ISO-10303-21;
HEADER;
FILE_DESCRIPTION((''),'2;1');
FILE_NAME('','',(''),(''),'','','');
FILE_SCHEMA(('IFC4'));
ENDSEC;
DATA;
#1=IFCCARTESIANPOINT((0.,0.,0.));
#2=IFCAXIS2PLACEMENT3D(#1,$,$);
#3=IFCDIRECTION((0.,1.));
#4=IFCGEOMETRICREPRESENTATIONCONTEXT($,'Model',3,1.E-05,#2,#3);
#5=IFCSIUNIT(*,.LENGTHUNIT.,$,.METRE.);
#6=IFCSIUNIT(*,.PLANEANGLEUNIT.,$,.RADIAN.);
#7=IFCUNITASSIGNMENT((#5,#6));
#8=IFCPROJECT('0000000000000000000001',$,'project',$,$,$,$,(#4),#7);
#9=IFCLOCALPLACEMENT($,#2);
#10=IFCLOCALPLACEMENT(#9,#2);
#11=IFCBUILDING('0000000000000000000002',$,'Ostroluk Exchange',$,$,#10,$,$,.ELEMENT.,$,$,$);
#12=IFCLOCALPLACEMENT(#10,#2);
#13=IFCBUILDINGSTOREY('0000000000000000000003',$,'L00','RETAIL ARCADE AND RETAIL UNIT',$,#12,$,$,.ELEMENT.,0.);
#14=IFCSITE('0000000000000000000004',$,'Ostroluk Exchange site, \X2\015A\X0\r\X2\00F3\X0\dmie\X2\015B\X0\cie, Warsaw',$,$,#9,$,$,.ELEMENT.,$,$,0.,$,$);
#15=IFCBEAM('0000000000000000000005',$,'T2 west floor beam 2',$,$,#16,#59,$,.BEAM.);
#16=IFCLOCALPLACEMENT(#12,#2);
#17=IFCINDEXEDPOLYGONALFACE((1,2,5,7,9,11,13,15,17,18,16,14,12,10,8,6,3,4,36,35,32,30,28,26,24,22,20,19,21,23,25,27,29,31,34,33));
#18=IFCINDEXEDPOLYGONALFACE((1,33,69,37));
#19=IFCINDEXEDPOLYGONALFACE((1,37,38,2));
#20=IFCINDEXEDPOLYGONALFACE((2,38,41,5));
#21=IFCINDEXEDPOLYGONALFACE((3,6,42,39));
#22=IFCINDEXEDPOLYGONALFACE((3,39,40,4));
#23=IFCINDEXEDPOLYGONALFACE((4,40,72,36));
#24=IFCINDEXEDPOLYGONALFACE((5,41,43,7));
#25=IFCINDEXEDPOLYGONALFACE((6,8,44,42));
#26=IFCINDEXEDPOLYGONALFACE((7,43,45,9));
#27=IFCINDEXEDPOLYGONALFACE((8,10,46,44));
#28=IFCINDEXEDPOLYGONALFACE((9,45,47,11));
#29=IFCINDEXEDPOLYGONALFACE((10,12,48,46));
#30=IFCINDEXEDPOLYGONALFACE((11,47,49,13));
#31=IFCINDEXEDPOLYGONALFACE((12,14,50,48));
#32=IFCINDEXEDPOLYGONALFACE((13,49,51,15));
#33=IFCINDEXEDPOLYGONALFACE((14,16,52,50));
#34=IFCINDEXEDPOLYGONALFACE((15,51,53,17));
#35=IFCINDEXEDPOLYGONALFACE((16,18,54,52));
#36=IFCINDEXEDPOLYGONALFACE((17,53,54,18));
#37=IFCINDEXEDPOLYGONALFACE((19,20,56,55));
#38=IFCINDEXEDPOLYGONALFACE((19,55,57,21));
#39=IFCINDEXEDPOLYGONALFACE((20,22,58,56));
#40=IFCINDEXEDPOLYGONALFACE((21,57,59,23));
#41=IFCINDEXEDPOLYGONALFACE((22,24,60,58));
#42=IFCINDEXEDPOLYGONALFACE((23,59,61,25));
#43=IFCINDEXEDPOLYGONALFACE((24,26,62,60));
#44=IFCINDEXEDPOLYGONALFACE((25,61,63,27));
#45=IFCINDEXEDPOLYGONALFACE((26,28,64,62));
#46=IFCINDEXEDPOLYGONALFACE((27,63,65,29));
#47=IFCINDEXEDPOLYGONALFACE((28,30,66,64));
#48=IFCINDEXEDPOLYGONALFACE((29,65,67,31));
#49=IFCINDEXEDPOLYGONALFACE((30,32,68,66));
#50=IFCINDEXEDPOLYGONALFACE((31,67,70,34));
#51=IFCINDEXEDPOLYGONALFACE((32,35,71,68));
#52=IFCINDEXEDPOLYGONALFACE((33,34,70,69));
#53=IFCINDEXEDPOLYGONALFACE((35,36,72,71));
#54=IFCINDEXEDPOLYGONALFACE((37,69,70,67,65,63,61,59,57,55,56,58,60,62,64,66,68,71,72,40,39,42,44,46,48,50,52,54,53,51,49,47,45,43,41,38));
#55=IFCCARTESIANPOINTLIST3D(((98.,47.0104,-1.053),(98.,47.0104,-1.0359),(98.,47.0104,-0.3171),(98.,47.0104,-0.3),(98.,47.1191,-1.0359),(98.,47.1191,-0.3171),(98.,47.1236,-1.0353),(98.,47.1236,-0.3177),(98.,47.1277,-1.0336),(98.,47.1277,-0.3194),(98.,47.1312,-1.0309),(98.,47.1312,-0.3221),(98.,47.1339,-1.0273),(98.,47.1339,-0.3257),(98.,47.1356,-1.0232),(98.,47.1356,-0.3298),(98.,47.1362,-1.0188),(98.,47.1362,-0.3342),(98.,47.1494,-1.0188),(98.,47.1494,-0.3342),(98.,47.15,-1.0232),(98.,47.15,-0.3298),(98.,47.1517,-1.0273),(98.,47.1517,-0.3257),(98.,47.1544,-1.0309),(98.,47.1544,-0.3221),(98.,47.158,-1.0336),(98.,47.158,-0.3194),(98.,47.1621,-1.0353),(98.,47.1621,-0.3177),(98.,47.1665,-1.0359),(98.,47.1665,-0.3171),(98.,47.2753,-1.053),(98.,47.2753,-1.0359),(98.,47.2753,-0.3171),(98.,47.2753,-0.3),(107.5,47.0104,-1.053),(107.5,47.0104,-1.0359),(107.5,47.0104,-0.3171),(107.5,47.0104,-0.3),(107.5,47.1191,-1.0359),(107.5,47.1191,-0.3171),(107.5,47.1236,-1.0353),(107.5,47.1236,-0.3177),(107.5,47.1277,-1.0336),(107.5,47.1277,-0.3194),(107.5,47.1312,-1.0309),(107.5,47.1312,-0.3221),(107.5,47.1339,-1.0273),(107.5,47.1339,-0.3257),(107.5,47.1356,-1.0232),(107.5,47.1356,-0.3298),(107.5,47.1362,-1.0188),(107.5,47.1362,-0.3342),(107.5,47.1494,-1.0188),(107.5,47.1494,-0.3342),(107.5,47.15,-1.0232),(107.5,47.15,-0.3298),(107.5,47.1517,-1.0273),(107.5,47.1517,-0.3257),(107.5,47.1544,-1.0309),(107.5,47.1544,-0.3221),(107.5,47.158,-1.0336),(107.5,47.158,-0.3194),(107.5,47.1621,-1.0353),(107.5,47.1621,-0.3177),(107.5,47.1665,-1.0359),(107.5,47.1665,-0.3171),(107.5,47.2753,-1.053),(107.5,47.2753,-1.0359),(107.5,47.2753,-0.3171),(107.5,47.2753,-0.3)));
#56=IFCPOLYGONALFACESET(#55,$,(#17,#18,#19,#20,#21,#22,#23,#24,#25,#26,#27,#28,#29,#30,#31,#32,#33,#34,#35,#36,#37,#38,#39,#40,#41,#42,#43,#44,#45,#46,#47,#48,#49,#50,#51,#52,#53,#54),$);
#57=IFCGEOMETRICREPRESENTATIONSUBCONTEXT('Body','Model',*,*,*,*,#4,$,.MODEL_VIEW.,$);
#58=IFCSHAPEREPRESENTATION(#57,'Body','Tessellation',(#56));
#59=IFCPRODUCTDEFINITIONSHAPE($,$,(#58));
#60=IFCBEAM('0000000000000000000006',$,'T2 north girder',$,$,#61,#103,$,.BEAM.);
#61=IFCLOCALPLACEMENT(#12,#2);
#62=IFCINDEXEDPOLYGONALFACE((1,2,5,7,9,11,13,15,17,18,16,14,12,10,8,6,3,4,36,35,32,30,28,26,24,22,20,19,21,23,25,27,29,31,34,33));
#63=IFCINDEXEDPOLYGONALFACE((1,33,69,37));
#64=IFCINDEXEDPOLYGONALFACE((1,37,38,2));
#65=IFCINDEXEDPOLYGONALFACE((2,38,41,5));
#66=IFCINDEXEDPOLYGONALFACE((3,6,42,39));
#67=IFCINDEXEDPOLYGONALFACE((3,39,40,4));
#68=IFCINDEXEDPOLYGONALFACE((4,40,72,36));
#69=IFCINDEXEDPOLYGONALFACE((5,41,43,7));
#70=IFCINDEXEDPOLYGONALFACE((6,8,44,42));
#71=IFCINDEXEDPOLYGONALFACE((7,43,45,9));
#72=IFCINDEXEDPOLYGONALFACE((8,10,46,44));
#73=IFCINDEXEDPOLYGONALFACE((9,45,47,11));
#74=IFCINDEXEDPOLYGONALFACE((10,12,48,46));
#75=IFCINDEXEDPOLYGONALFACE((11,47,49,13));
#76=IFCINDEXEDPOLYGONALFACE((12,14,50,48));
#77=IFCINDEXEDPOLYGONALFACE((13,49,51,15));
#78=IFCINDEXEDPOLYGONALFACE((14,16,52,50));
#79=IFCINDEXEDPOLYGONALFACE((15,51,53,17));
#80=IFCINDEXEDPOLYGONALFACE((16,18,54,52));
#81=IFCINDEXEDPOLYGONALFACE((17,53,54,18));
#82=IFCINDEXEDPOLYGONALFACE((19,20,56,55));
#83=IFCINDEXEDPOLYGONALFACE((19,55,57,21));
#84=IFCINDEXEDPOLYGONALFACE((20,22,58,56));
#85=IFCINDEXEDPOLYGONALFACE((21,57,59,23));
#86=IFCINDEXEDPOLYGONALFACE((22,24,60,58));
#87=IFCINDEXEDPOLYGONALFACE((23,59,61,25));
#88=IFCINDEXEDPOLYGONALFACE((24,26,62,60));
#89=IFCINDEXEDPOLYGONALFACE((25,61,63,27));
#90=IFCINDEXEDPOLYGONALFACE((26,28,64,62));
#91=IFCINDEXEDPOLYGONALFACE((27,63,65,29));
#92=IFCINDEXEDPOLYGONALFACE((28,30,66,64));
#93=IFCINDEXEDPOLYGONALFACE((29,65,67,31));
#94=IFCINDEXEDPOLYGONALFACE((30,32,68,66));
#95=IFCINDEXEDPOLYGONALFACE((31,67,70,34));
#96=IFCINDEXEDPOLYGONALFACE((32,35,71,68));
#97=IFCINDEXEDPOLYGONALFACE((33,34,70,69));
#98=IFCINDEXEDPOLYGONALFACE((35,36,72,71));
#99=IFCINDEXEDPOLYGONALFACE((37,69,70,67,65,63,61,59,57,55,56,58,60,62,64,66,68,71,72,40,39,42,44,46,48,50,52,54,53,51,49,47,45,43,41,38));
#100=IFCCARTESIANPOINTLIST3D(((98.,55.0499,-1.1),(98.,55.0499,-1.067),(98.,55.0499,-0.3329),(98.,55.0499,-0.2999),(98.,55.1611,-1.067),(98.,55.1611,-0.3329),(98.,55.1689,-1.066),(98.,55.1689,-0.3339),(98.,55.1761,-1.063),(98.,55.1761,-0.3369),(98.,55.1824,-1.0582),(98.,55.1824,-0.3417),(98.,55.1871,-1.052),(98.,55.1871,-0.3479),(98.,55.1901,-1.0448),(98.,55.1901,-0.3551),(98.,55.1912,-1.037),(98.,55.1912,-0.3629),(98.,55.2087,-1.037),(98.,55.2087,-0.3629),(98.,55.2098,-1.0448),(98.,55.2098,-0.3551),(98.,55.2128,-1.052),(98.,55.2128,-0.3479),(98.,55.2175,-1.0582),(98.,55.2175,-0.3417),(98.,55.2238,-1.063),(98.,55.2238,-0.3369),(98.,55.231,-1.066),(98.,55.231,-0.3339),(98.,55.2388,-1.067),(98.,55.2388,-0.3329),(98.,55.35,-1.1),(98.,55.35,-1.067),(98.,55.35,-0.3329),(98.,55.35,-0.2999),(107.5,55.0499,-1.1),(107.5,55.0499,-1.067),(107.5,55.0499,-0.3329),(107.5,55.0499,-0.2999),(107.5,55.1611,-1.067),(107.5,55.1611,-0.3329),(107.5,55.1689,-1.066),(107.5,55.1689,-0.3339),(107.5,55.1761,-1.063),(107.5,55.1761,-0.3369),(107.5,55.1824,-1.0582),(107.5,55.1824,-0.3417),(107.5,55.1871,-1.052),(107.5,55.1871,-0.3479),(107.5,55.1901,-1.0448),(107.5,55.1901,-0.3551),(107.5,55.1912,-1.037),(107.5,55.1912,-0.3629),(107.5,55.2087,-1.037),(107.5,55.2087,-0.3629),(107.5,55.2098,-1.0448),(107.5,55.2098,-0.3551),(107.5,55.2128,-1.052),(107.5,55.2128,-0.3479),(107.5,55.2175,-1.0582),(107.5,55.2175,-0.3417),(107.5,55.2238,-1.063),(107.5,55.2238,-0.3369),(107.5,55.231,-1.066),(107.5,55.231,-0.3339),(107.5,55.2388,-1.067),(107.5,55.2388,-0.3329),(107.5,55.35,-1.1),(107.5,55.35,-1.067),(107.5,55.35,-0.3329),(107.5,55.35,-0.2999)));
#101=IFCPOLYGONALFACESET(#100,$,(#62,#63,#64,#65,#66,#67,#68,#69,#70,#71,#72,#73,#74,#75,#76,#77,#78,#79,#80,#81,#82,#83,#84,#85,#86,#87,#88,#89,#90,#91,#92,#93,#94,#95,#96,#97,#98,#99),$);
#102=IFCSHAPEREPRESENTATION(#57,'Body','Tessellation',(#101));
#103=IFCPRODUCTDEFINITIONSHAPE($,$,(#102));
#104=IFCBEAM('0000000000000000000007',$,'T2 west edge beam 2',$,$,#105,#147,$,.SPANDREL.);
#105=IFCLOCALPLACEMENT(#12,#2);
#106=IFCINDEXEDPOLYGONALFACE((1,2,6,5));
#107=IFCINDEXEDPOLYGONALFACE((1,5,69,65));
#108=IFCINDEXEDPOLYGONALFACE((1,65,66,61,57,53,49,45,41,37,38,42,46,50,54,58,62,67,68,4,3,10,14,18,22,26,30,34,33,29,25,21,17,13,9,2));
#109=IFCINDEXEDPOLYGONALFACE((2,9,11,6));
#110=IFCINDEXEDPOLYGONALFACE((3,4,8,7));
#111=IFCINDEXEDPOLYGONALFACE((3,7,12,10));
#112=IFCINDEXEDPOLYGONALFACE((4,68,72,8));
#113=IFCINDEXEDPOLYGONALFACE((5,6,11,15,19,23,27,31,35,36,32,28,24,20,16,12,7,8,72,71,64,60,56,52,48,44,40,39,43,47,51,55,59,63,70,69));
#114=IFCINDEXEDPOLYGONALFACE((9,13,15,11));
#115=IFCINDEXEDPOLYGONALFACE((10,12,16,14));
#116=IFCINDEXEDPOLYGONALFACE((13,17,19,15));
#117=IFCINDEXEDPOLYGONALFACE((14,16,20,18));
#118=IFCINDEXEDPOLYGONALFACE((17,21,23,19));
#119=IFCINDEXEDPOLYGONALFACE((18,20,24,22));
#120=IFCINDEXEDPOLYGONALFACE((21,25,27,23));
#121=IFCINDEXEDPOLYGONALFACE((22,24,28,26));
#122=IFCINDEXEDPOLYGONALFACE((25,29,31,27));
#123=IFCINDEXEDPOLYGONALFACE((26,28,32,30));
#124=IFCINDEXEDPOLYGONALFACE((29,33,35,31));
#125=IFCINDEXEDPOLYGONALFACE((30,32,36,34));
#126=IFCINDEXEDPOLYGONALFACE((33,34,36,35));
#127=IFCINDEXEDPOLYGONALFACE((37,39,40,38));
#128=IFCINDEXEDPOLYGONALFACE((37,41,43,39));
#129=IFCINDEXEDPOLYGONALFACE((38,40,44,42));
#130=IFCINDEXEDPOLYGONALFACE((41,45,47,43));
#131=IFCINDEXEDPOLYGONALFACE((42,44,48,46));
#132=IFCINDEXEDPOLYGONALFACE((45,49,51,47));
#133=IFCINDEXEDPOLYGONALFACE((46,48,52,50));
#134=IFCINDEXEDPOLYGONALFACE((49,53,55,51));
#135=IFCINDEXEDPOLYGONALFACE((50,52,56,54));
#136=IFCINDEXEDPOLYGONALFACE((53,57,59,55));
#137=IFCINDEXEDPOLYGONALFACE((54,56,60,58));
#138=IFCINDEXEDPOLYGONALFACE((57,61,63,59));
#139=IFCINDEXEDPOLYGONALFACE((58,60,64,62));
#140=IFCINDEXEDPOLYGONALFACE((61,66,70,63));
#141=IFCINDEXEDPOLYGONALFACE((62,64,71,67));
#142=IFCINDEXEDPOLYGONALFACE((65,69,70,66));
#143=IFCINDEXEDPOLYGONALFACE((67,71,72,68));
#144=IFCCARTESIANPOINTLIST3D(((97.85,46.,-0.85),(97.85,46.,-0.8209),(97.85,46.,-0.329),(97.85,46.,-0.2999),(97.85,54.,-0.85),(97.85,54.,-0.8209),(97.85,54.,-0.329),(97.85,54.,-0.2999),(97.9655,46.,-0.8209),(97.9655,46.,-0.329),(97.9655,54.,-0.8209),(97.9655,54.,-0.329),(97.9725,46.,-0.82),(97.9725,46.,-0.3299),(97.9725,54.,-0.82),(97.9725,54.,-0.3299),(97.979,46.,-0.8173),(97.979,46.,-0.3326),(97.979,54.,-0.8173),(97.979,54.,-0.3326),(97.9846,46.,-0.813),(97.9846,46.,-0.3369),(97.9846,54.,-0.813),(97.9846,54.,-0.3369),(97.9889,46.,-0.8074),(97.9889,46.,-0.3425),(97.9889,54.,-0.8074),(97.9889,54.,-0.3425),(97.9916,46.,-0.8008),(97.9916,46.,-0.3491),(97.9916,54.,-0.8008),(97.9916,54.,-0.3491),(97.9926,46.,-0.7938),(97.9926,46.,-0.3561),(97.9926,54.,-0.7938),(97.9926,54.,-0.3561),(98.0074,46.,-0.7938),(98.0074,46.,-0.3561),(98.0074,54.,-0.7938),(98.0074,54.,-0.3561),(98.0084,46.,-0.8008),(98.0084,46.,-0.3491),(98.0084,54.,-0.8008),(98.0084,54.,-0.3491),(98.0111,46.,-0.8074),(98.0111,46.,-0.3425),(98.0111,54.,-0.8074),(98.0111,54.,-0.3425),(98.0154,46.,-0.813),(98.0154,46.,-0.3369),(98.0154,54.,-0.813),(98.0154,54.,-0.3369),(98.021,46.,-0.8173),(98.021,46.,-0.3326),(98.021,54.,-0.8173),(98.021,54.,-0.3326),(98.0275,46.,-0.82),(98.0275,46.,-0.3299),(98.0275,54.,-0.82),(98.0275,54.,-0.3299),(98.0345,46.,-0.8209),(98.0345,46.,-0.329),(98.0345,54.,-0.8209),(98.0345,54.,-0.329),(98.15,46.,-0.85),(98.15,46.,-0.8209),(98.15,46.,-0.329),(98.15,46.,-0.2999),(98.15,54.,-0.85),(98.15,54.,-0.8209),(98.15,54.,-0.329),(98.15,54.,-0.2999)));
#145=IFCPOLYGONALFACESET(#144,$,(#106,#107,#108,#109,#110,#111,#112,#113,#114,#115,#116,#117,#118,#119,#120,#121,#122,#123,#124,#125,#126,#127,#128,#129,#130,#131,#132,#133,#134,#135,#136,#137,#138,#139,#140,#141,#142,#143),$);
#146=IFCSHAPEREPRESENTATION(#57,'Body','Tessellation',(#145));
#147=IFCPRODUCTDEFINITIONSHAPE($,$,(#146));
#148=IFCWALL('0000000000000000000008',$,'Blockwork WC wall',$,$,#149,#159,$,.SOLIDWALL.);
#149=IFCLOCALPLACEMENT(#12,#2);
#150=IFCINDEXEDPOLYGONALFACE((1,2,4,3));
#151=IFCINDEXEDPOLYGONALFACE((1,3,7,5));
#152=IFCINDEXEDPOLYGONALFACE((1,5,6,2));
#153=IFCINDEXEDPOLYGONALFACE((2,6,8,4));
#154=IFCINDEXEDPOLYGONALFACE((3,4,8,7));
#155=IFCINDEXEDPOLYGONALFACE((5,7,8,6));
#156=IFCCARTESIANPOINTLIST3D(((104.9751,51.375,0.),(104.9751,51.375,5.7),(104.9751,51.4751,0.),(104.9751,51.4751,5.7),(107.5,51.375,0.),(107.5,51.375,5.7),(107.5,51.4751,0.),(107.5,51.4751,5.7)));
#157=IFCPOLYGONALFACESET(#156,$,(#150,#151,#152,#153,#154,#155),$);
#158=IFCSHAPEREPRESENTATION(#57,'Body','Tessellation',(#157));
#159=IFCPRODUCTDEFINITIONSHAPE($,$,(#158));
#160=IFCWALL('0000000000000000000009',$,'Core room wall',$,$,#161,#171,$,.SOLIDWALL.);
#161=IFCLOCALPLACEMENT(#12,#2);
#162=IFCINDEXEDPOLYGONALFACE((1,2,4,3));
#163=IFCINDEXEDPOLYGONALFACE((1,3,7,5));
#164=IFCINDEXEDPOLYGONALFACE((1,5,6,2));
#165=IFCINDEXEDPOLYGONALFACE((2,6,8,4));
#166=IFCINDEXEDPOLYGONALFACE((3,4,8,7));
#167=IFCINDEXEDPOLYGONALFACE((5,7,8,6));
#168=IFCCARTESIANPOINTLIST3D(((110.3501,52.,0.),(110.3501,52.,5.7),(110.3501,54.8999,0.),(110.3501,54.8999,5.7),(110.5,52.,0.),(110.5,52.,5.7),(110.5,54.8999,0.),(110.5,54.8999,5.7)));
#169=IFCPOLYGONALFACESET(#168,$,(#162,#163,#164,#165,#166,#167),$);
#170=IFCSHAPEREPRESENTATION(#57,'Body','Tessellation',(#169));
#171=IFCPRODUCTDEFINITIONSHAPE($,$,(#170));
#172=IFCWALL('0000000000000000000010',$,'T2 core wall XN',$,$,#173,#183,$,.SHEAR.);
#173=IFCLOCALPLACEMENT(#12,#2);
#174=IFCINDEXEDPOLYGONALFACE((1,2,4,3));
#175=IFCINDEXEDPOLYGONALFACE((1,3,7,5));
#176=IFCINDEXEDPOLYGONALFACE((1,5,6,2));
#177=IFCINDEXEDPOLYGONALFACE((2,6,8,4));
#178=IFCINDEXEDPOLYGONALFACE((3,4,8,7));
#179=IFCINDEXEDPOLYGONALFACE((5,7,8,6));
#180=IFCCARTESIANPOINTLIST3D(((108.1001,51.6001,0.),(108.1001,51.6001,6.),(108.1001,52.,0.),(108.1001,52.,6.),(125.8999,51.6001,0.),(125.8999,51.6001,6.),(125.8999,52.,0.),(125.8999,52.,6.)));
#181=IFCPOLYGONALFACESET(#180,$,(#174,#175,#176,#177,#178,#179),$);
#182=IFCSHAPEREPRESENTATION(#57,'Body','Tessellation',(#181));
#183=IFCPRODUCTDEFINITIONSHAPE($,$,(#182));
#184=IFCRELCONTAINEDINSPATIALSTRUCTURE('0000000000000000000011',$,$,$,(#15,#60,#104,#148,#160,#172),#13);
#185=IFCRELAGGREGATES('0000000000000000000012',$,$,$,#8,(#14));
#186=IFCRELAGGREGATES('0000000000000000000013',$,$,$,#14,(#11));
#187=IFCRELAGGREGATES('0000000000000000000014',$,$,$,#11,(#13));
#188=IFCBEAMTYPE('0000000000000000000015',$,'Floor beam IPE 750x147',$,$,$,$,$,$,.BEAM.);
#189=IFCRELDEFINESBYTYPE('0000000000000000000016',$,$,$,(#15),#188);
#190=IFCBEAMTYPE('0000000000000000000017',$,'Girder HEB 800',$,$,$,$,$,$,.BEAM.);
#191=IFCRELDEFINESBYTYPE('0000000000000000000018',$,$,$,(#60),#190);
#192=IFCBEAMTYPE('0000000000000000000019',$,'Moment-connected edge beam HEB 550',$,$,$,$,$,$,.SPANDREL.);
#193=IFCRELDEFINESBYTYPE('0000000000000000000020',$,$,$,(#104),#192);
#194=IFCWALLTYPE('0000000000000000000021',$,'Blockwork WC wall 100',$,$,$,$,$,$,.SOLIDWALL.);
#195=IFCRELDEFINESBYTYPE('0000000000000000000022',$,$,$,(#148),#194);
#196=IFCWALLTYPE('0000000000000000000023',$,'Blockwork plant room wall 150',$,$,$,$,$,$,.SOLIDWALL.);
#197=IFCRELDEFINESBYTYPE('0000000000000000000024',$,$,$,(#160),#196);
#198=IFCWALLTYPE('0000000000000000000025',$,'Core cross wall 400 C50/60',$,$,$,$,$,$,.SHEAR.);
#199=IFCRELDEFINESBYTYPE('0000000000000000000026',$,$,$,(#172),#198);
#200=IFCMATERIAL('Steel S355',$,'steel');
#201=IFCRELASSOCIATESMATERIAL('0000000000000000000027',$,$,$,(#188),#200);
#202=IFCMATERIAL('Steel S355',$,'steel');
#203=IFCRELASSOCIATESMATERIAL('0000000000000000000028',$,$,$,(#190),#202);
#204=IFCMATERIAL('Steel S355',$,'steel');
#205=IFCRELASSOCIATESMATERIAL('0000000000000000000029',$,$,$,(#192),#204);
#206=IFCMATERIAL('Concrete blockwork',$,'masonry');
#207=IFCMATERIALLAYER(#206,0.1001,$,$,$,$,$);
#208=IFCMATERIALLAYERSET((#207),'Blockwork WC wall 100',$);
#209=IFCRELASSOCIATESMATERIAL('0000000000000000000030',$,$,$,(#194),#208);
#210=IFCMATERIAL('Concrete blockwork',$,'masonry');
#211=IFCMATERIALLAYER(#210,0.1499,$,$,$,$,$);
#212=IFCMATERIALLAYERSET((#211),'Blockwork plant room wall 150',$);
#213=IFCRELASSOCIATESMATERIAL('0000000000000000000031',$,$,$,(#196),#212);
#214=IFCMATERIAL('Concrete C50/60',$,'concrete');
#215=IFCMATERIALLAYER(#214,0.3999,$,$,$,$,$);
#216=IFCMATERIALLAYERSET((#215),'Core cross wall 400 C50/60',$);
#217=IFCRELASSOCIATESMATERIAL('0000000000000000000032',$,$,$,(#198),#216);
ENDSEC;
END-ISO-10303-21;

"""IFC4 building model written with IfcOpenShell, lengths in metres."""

from ifc_helpers import new_model, si_unit, direction, frame, frame_2d, origin, origin_2d, place, context, subcontext, project, spatial, rectangle, i_section, extrude, material, layer, layer_set, material_profile, profile_set, type_object, element, save


model = new_model("IFC4")

# Units and contexts
model_context = context("Model", 3, precision=1e-05, world=origin(), true_north=direction((0.0, 1.0)))
body_context = subcontext(model_context, "Body", "Model", "MODEL_VIEW")
ifc_project = project(units=[si_unit("LENGTHUNIT", "METRE"), si_unit("PLANEANGLEUNIT", "RADIAN")], contexts=[model_context])

# Site, building, storey
site_placement = place(None, origin())
site = spatial("IfcSite", under=ifc_project, at=site_placement, Name="Ostroluk Exchange site, Śródmieście, Warsaw", CompositionType="ELEMENT", RefElevation=0.0)
building_placement = place(site_placement, origin())
building = spatial("IfcBuilding", under=site, at=building_placement, Name="Ostroluk Exchange", CompositionType="ELEMENT")
storey_placement = place(building_placement, origin())
storey = spatial("IfcBuildingStorey", under=building, at=storey_placement, Name="L00", Description="RETAIL ARCADE AND RETAIL UNIT", CompositionType="ELEMENT", Elevation=0.0)

# Beams
ifc_material_1 = material(Name="Steel S355", Category="steel")
ifc_material_profile_1 = material_profile(ifc_material_1, i_section(OverallWidth=0.2649, OverallDepth=0.7529, WebThickness=0.0132, FlangeThickness=0.0171, FilletRadius=0.0171, at=origin_2d()), Name="IPE 750x147")
ifc_profile_set_1 = profile_set([ifc_material_profile_1], Name="Steel S355")
beam_type_1 = type_object("IfcBeamType", Name="Floor beam IPE 750x147", PredefinedType="BEAM", material=ifc_profile_set_1)
for number, where, z_axis, x_axis, name in (
    (1, (107.5, 47.1428, -0.6765), (-1.0, 0.0, 0.0), (0.0, -1.0, 0.0), "T2 west floor beam 2"),
):
    element("IfcBeam", number, at=place(storey_placement, frame(where, z_axis=z_axis, x_axis=x_axis)), inside=storey, type_object=beam_type_1, Name=name, PredefinedType="BEAM", context=body_context, shape_type="SweptSolid", body=[
        extrude(i_section(OverallWidth=0.2649, OverallDepth=0.7529, WebThickness=0.0132, FlangeThickness=0.0171, FilletRadius=0.0171, at=origin_2d()), origin(), (0.0, 0.0, 1.0), 9.5),
    ])
ifc_material_2 = material(Name="Steel S355", Category="steel")
ifc_material_profile_2 = material_profile(ifc_material_2, i_section(OverallWidth=0.3, OverallDepth=0.8, WebThickness=0.0176, FlangeThickness=0.033, FilletRadius=0.03, at=origin_2d()), Name="HEB 800")
ifc_profile_set_2 = profile_set([ifc_material_profile_2], Name="Steel S355")
beam_type_2 = type_object("IfcBeamType", Name="Girder HEB 800", PredefinedType="BEAM", material=ifc_profile_set_2)
beam_1_placement = place(storey_placement, frame((107.5, 55.2, -0.7), z_axis=(-1.0, 0.0, 0.0), x_axis=(0.0, -1.0, 0.0)))
element("IfcBeam", 2, at=beam_1_placement, inside=storey, type_object=beam_type_2, Name="T2 north girder", PredefinedType="BEAM", context=body_context, shape_type="SweptSolid", body=[
    extrude(i_section(OverallWidth=0.3, OverallDepth=0.8, WebThickness=0.0176, FlangeThickness=0.033, FilletRadius=0.03, at=origin_2d()), origin(), (0.0, 0.0, 1.0), 9.5),
])
ifc_material_3 = material(Name="Steel S355", Category="steel")
ifc_material_profile_3 = material_profile(ifc_material_3, i_section(OverallWidth=0.3, OverallDepth=0.55, WebThickness=0.0149, FlangeThickness=0.0291, FilletRadius=0.0271, at=origin_2d()), Name="HEB 550")
ifc_profile_set_3 = profile_set([ifc_material_profile_3], Name="Steel S355")
beam_type_3 = type_object("IfcBeamType", Name="Moment-connected edge beam HEB 550", PredefinedType="SPANDREL", material=ifc_profile_set_3)
beam_2_placement = place(storey_placement, frame((98.0, 54.0, -0.575), z_axis=(0.0, -1.0, 0.0), x_axis=(1.0, 0.0, 0.0)))
element("IfcBeam", 3, at=beam_2_placement, inside=storey, type_object=beam_type_3, Name="T2 west edge beam 2", PredefinedType="SPANDREL", context=body_context, shape_type="SweptSolid", body=[
    extrude(i_section(OverallWidth=0.3, OverallDepth=0.55, WebThickness=0.0149, FlangeThickness=0.0291, FilletRadius=0.0271, at=origin_2d()), origin(), (0.0, 0.0, 1.0), 8.0),
])

# Walls
ifc_material_4 = material(Name="Concrete blockwork", Category="masonry")
ifc_layer_1 = layer(ifc_material_4, 0.1001)
ifc_layer_set_1 = layer_set([ifc_layer_1], Name="Blockwork WC wall 100")
wall_type_1 = type_object("IfcWallType", Name="Blockwork WC wall 100", PredefinedType="SOLIDWALL", material=ifc_layer_set_1)
wall_1_placement = place(storey_placement, frame((104.9751, 51.425, 0.0), z_axis=(0.0, 0.0, 1.0), x_axis=(1.0, 0.0, 0.0)))
element("IfcWall", 4, at=wall_1_placement, inside=storey, type_object=wall_type_1, Name="Blockwork WC wall", PredefinedType="SOLIDWALL", context=body_context, shape_type="SweptSolid", body=[
    extrude(rectangle(XDim=2.5249, YDim=0.1001, at=frame_2d((1.2625, 0.0))), origin(), (0.0, 0.0, 1.0), 5.7),
])
ifc_material_5 = material(Name="Concrete blockwork", Category="masonry")
ifc_layer_2 = layer(ifc_material_5, 0.1499)
ifc_layer_set_2 = layer_set([ifc_layer_2], Name="Blockwork plant room wall 150")
wall_type_2 = type_object("IfcWallType", Name="Blockwork plant room wall 150", PredefinedType="SOLIDWALL", material=ifc_layer_set_2)
wall_2_placement = place(storey_placement, frame((110.425, 52.0, 0.0), z_axis=(0.0, 0.0, 1.0), x_axis=(0.0, 1.0, 0.0)))
element("IfcWall", 5, at=wall_2_placement, inside=storey, type_object=wall_type_2, Name="Core room wall", PredefinedType="SOLIDWALL", context=body_context, shape_type="SweptSolid", body=[
    extrude(rectangle(XDim=2.8999, YDim=0.1499, at=frame_2d((1.45, 0.0))), origin(), (0.0, 0.0, 1.0), 5.7),
])
ifc_material_6 = material(Name="Concrete C50/60", Category="concrete")
ifc_layer_3 = layer(ifc_material_6, 0.3999)
ifc_layer_set_3 = layer_set([ifc_layer_3], Name="Core cross wall 400 C50/60")
wall_type_3 = type_object("IfcWallType", Name="Core cross wall 400 C50/60", PredefinedType="SHEAR", material=ifc_layer_set_3)
wall_3_placement = place(storey_placement, frame((108.1001, 51.8, 0.0), z_axis=(0.0, 0.0, 1.0), x_axis=(1.0, 0.0, 0.0)))
element("IfcWall", 6, at=wall_3_placement, inside=storey, type_object=wall_type_3, Name="T2 core wall XN", PredefinedType="SHEAR", context=body_context, shape_type="SweptSolid", body=[
    extrude(rectangle(XDim=17.7998, YDim=0.3999, at=frame_2d((8.8999, 0.0))), origin(), (0.0, 0.0, 1.0), 6.0),
])

save(model, "model.ifc")
